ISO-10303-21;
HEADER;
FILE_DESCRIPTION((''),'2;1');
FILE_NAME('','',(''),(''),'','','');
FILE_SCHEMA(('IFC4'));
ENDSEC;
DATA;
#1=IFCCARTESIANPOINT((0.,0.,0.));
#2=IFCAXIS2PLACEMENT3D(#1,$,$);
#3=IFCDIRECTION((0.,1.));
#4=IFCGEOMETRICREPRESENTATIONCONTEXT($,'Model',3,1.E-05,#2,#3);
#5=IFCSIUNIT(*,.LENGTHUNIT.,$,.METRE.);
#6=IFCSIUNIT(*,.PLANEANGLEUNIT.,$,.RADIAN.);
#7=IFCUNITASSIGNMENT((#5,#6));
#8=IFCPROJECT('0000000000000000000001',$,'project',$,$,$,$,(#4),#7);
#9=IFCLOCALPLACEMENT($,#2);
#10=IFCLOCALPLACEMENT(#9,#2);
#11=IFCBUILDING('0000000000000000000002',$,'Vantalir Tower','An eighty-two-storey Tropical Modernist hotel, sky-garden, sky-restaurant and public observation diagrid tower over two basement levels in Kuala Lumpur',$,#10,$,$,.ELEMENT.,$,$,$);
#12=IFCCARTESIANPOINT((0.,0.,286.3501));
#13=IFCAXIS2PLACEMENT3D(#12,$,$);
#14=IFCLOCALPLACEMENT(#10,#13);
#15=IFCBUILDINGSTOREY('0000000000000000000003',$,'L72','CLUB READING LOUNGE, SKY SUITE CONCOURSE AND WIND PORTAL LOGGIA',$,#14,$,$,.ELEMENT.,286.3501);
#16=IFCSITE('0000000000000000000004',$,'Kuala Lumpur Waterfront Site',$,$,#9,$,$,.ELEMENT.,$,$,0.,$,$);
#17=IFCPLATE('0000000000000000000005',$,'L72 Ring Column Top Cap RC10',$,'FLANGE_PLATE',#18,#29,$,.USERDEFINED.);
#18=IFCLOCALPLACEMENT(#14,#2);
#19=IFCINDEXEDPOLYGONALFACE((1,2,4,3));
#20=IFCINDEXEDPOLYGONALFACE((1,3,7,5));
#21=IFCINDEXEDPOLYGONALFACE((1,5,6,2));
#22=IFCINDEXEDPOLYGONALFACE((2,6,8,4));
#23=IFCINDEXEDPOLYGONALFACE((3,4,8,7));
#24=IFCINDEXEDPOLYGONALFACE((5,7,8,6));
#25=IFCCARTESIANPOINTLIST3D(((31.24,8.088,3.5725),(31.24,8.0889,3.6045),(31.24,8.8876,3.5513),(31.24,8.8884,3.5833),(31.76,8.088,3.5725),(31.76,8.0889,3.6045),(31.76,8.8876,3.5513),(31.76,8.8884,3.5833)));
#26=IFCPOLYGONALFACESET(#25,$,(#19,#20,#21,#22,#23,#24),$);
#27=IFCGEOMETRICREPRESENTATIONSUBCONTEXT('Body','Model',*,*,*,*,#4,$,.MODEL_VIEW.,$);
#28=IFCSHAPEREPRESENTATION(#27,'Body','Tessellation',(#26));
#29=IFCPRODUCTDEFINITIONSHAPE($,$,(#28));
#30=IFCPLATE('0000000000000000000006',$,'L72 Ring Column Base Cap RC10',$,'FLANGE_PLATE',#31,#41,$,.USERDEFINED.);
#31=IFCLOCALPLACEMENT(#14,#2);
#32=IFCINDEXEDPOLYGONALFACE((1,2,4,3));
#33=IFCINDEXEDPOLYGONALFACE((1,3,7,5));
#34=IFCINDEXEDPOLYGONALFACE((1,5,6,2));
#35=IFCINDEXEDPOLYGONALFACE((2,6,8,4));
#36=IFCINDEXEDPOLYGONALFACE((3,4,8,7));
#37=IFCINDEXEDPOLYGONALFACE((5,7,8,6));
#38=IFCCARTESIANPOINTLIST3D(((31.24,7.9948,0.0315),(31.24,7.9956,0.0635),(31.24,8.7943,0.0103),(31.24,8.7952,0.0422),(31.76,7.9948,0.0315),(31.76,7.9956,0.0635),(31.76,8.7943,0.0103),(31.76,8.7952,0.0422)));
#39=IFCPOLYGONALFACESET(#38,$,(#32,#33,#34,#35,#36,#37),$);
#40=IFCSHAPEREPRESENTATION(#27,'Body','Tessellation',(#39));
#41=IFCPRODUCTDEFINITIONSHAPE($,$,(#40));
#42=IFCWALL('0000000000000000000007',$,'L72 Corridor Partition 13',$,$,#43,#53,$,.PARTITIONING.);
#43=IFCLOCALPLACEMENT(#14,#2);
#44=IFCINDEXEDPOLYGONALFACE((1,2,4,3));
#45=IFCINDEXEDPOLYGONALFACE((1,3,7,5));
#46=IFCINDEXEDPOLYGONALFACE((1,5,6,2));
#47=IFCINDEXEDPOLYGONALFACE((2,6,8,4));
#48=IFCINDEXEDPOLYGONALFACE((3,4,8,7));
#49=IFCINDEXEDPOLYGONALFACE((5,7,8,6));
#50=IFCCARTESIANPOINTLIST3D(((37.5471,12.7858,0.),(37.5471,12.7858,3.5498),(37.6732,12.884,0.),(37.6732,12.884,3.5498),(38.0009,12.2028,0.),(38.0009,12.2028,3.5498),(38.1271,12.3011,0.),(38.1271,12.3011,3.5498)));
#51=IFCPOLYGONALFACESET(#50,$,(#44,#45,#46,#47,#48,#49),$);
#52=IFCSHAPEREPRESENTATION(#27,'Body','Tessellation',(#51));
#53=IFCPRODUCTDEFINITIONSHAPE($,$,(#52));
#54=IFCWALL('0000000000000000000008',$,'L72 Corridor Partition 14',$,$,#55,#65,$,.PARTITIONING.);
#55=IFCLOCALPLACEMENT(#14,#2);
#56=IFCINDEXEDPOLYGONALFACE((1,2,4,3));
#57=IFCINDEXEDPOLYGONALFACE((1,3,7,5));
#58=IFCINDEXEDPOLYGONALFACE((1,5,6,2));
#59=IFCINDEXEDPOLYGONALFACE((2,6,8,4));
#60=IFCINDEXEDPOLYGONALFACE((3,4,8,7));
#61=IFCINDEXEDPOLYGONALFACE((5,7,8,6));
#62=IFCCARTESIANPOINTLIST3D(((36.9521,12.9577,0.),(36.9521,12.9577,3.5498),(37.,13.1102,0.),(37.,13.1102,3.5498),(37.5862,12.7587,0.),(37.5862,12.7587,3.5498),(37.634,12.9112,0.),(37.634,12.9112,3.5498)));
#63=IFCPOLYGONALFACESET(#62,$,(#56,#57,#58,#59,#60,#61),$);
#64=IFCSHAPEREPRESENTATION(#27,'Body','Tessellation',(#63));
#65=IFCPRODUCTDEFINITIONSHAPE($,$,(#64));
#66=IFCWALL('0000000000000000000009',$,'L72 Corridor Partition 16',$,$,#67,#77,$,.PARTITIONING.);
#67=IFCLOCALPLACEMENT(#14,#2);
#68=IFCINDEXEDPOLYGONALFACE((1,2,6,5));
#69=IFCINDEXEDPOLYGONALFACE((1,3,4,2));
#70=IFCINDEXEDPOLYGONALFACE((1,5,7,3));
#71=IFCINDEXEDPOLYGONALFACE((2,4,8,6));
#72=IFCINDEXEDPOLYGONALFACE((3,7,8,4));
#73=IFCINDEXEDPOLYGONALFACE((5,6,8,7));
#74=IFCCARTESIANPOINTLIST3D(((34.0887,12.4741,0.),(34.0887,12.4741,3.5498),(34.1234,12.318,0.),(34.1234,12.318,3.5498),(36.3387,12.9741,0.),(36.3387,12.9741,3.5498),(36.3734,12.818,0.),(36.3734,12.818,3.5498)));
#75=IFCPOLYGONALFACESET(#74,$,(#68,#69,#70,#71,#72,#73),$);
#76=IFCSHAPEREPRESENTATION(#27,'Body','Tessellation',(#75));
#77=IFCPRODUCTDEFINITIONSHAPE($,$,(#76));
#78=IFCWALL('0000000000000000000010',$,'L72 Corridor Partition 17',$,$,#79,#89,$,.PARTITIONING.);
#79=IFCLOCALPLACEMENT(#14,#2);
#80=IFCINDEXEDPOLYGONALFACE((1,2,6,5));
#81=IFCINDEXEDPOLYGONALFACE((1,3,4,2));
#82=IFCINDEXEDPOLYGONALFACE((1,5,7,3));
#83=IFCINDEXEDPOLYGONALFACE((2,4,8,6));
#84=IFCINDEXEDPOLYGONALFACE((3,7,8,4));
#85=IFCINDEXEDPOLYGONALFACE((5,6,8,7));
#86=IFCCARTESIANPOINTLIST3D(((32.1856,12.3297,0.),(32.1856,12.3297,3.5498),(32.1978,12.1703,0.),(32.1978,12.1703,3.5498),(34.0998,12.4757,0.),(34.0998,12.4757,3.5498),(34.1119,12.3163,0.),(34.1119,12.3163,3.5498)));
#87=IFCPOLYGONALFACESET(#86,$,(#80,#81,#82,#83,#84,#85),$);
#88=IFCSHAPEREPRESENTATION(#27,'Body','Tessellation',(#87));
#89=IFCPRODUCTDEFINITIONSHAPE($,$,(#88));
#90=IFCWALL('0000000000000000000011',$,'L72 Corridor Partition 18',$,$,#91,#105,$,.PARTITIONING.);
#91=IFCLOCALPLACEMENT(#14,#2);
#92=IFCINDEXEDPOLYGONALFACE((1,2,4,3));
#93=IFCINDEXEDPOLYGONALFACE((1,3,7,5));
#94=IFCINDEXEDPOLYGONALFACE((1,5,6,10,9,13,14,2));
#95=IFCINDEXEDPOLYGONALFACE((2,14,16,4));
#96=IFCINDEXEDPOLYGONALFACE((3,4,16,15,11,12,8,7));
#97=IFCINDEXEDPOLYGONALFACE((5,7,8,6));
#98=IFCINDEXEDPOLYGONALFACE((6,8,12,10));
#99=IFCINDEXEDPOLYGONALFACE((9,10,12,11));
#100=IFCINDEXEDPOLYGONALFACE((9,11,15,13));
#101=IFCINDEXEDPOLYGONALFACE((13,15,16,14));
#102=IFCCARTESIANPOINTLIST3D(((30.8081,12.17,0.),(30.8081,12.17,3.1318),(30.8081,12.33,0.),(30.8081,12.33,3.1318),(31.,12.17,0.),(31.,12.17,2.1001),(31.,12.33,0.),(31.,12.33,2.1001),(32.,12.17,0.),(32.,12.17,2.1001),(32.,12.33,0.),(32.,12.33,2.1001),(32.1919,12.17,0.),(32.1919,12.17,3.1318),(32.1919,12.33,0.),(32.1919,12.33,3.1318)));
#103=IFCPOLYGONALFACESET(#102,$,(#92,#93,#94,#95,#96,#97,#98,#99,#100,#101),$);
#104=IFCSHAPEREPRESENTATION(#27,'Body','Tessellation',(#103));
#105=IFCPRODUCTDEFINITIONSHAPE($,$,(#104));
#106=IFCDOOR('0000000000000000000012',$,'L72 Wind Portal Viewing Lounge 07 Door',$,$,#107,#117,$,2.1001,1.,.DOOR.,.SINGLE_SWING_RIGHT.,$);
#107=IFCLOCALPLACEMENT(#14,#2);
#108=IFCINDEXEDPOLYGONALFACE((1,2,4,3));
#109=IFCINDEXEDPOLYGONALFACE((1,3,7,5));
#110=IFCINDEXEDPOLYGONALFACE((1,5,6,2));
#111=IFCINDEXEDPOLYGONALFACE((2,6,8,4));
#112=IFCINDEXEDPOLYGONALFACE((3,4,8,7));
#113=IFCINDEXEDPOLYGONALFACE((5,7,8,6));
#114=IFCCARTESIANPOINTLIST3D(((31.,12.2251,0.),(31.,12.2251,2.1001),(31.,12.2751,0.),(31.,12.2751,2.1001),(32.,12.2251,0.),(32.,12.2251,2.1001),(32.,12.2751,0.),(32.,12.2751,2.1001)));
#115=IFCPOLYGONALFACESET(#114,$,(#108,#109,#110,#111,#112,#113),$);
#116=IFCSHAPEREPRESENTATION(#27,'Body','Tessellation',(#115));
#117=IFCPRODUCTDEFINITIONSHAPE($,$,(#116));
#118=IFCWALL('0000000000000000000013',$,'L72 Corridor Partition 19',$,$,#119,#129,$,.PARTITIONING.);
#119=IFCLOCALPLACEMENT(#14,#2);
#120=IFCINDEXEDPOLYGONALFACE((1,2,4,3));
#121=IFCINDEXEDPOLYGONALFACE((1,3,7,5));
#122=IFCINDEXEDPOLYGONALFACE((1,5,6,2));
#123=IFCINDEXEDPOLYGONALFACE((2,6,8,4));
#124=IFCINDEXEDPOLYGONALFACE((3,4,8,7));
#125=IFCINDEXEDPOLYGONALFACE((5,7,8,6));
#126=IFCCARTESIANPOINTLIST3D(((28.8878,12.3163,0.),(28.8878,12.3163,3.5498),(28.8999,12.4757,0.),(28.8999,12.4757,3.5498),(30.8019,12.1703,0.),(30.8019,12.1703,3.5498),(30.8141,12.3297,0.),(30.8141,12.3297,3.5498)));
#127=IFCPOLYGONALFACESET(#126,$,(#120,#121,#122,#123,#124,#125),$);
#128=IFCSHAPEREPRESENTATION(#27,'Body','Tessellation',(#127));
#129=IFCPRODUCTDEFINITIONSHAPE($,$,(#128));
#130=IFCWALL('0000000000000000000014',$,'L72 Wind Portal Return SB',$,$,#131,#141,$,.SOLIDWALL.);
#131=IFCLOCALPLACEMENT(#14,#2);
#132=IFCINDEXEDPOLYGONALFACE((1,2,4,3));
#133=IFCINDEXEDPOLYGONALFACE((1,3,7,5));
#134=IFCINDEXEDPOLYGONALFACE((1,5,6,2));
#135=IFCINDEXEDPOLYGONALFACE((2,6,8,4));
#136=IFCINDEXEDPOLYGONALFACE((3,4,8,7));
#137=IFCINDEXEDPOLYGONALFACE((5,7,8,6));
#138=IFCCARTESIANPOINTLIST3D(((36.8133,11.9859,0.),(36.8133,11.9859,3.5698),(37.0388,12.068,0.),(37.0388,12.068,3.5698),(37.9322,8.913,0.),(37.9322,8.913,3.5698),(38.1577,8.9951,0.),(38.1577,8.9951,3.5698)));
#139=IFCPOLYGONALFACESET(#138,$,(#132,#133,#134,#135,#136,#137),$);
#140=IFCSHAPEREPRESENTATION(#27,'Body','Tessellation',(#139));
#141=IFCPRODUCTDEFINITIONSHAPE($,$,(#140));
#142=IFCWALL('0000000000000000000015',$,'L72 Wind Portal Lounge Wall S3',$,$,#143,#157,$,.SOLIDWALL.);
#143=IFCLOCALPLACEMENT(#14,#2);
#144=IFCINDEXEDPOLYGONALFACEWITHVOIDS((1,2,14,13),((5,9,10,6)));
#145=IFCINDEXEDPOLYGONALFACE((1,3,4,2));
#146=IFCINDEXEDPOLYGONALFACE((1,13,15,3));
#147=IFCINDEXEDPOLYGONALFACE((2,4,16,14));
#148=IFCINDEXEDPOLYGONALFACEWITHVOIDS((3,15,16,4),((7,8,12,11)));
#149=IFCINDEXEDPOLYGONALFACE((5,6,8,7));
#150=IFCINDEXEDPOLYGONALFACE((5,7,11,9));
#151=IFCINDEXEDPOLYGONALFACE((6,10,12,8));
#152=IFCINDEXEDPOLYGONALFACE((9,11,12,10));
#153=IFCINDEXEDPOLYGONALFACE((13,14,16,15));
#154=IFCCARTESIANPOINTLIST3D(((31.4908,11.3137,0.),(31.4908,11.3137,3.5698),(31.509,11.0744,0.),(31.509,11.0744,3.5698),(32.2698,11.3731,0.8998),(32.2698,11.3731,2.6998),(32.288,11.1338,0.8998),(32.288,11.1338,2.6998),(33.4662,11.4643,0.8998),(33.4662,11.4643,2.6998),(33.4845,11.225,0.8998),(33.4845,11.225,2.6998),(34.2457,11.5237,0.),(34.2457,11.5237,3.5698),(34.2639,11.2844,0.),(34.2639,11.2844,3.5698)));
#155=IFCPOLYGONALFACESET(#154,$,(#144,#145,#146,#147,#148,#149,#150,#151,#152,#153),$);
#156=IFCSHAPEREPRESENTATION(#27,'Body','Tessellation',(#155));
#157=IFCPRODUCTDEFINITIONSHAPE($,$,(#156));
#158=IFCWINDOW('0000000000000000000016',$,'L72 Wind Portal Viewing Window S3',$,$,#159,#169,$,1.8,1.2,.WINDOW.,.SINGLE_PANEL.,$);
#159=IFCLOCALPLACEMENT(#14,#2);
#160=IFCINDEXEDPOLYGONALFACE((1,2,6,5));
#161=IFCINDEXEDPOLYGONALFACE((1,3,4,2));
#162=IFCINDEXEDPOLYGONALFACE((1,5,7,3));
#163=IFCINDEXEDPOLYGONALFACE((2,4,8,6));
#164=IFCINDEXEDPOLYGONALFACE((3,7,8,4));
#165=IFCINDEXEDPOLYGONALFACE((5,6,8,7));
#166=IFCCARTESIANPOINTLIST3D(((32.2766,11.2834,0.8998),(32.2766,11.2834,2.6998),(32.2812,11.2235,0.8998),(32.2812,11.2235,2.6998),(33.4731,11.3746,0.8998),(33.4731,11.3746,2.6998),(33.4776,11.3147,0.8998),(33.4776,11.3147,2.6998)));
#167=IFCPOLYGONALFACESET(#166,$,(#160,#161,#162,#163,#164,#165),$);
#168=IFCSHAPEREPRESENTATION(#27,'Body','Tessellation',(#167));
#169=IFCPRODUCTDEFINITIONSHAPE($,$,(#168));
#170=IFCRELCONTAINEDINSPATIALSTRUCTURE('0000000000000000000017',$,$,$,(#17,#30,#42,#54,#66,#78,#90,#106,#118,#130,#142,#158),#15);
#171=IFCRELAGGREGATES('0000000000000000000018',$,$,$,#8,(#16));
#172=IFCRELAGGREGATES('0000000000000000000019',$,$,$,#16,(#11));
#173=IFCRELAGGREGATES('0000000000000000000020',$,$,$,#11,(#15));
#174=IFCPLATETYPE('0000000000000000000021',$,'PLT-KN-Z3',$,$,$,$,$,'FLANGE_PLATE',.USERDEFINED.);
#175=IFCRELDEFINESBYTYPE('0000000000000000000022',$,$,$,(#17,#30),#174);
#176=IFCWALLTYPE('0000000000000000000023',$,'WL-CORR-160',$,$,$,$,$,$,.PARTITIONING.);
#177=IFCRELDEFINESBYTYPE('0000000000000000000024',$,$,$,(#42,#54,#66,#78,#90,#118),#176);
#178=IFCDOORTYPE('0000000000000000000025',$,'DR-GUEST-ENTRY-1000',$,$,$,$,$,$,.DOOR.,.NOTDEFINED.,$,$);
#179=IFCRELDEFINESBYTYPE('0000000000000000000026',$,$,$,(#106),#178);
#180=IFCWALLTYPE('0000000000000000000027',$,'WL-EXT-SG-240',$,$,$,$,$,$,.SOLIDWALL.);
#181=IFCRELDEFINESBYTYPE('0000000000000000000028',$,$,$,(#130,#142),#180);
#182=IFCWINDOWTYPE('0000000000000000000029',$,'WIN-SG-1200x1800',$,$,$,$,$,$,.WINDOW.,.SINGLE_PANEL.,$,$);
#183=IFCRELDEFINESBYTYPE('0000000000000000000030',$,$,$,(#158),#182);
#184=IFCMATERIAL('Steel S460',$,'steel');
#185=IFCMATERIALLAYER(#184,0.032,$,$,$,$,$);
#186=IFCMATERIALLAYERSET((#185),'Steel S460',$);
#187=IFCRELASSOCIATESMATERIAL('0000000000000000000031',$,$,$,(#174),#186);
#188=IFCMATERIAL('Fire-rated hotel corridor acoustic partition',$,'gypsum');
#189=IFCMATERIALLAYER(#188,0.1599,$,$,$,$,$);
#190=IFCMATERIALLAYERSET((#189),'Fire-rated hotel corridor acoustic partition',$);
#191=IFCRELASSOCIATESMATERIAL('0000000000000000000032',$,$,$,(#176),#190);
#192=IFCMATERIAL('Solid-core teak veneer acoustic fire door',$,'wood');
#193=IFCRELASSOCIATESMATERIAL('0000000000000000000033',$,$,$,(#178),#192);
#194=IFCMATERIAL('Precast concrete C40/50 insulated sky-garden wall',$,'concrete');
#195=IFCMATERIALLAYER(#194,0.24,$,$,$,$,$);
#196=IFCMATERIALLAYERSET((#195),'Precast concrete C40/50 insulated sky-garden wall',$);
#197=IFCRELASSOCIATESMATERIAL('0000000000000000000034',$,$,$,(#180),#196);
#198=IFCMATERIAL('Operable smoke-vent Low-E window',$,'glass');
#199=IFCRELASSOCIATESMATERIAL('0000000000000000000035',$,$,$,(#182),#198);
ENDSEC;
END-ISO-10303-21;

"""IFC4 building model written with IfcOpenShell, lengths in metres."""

from ifc_helpers import new_model, si_unit, direction, frame, frame_2d, origin, place, context, subcontext, project, spatial, polyline, rectangle, outline, extrude, material, layer, layer_set, type_object, element, fill, save


model = new_model("IFC4")

# Units and contexts
model_context = context("Model", 3, precision=1e-05, world=origin(), true_north=direction((0.0, 1.0)))
body_context = subcontext(model_context, "Body", "Model", "MODEL_VIEW")
ifc_project = project(units=[si_unit("LENGTHUNIT", "METRE"), si_unit("PLANEANGLEUNIT", "RADIAN")], contexts=[model_context])

# Site, building, storey
site_placement = place(None, origin())
site = spatial("IfcSite", under=ifc_project, at=site_placement, Name="Kuala Lumpur Waterfront Site", CompositionType="ELEMENT", RefElevation=0.0)
building_placement = place(site_placement, origin())
building = spatial("IfcBuilding", under=site, at=building_placement, Name="Vantalir Tower", Description="An eighty-two-storey Tropical Modernist hotel, sky-garden, sky-restaurant and public observation diagrid tower over two basement levels in Kuala Lumpur", CompositionType="ELEMENT")
storey_placement = place(building_placement, frame((0.0, 0.0, 286.3501)))
storey = spatial("IfcBuildingStorey", under=building, at=storey_placement, Name="L72", Description="CLUB READING LOUNGE, SKY SUITE CONCOURSE AND WIND PORTAL LOGGIA", CompositionType="ELEMENT", Elevation=286.3501)

# Shared definitions
ifc_material_1 = material(Name="Steel S460", Category="steel")

# Plates
ifc_layer_1 = layer(ifc_material_1, 0.032)
ifc_layer_set_1 = layer_set([ifc_layer_1], Name="Steel S460")
plate_type_1 = type_object("IfcPlateType", Name="PLT-KN-Z3", ElementType="FLANGE_PLATE", PredefinedType="USERDEFINED", material=ifc_layer_set_1)
for number, where, z_axis, x_axis, name in (
    (1, (31.24, 8.8884, 3.5833), (0.0, 0.026556, 0.999647), (0.0, -0.999647, 0.026556), "L72 Ring Column Top Cap RC10"),
    (2, (31.24, 8.7952, 0.0422), (0.0, 0.026556, 0.999647), (0.0, -0.999647, 0.026556), "L72 Ring Column Base Cap RC10"),
):
    element("IfcPlate", number, at=place(storey_placement, frame(where, z_axis=z_axis, x_axis=x_axis)), inside=storey, type_object=plate_type_1, Name=name, ObjectType="FLANGE_PLATE", PredefinedType="USERDEFINED", context=body_context, shape_type="SweptSolid", body=[
        extrude(outline(polyline([(0.0, 0.0), (0.7998, 0.0), (0.7998, 0.52), (0.0, 0.52), (0.0, 0.0)])), origin(), (0.0, 0.0, -1.0), 0.032),
    ])

# Walls
ifc_material_2 = material(Name="Fire-rated hotel corridor acoustic partition", Category="gypsum")
ifc_layer_2 = layer(ifc_material_2, 0.1599)
ifc_layer_set_2 = layer_set([ifc_layer_2], Name="Fire-rated hotel corridor acoustic partition")
wall_type_1 = type_object("IfcWallType", Name="WL-CORR-160", PredefinedType="PARTITIONING", material=ifc_layer_set_2)
wall_1_placement = place(storey_placement, frame((38.064, 12.252, 0.0), z_axis=(0.0, 0.0, 1.0), x_axis=(-0.614284, 0.789085, 0.0)))
element("IfcWall", 3, at=wall_1_placement, inside=storey, type_object=wall_type_1, Name="L72 Corridor Partition 13", PredefinedType="PARTITIONING", context=body_context, shape_type="SweptSolid", body=[
    extrude(rectangle(XDim=0.7388, YDim=0.1599, at=frame_2d((0.3694, 0.0))), origin(), (0.0, 0.0, 1.0), 3.5498),
])
wall_2_placement = place(storey_placement, frame((37.6101, 12.835, 0.0), z_axis=(0.0, 0.0, 1.0), x_axis=(-0.95412, 0.299425, 0.0)))
element("IfcWall", 4, at=wall_2_placement, inside=storey, type_object=wall_type_1, Name="L72 Corridor Partition 14", PredefinedType="PARTITIONING", context=body_context, shape_type="SweptSolid", body=[
    extrude(rectangle(XDim=0.6646, YDim=0.1599, at=frame_2d((0.3323, 0.0))), origin(), (0.0, 0.0, 1.0), 3.5498),
])
wall_3_placement = place(storey_placement, frame((36.356, 12.896, 0.0), z_axis=(0.0, 0.0, 1.0), x_axis=(-0.976187, -0.21693, 0.0)))
element("IfcWall", 5, at=wall_3_placement, inside=storey, type_object=wall_type_1, Name="L72 Corridor Partition 16", PredefinedType="PARTITIONING", context=body_context, shape_type="SweptSolid", body=[
    extrude(rectangle(XDim=2.3049, YDim=0.1599, at=frame_2d((1.1523, 0.0))), origin(), (0.0, 0.0, 1.0), 3.5498),
])
wall_4_placement = place(storey_placement, frame((34.106, 12.396, 0.0), z_axis=(0.0, 0.0, 1.0), x_axis=(-0.997104, -0.076055, 0.0)))
element("IfcWall", 6, at=wall_4_placement, inside=storey, type_object=wall_type_1, Name="L72 Corridor Partition 17", PredefinedType="PARTITIONING", context=body_context, shape_type="SweptSolid", body=[
    extrude(rectangle(XDim=1.9197, YDim=0.1599, at=frame_2d((0.96, 0.0))), origin(), (0.0, 0.0, 1.0), 3.5498),
])

# Wall, opening, door
wall_5_placement = place(storey_placement, frame((32.1919, 12.25, 0.0), z_axis=(0.0, 0.0, 1.0), x_axis=(-1.0, 0.0, 0.0)))
wall_5 = element("IfcWall", 7, at=wall_5_placement, inside=storey, type_object=wall_type_1, Name="L72 Corridor Partition 18", PredefinedType="PARTITIONING", context=body_context, shape_type="SweptSolid", body=[
    extrude(rectangle(XDim=1.3838, YDim=0.1599, at=frame_2d((0.6919, 0.0))), origin(), (0.0, 0.0, 1.0), 3.1318),
])
opening_1_placement = place(wall_5_placement, frame((0.1919, 0.0, 0.0)))
opening_1 = element("IfcOpeningElement", 8, at=opening_1_placement, cuts=wall_5, PredefinedType="OPENING", context=body_context, shape_type="SweptSolid", body=[
    extrude(rectangle(XDim=1.0, YDim=2.1001, at=frame_2d((0.5, 1.05))), frame((0.0, 0.0898, 0.0), z_axis=(0.0, -1.0, 0.0), x_axis=(1.0, 0.0, 0.0)), (0.0, 0.0, 1.0), 0.1799),
])
ifc_material_3 = material(Name="Solid-core teak veneer acoustic fire door", Category="wood")
door_type = type_object("IfcDoorType", Name="DR-GUEST-ENTRY-1000", OperationType="NOTDEFINED", PredefinedType="DOOR", material=ifc_material_3)
door_placement = place(opening_1_placement, origin())
door = element("IfcDoor", 9, at=door_placement, inside=storey, type_object=door_type, Name="L72 Wind Portal Viewing Lounge 07 Door", OperationType="SINGLE_SWING_RIGHT", OverallHeight=2.1001, OverallWidth=1.0, PredefinedType="DOOR", context=body_context, shape_type="SweptSolid", body=[
    extrude(rectangle(XDim=1.0, YDim=2.1001, at=frame_2d((0.5, 1.05))), frame((0.0, 0.0249, 0.0), z_axis=(0.0, -1.0, 0.0), x_axis=(1.0, 0.0, 0.0)), (0.0, 0.0, 1.0), 0.05),
])
fill(opening_1, door)

# Walls
wall_6_placement = place(storey_placement, frame((30.8081, 12.25, 0.0), z_axis=(0.0, 0.0, 1.0), x_axis=(-0.997104, 0.076055, 0.0)))
element("IfcWall", 10, at=wall_6_placement, inside=storey, type_object=wall_type_1, Name="L72 Corridor Partition 19", PredefinedType="PARTITIONING", context=body_context, shape_type="SweptSolid", body=[
    extrude(rectangle(XDim=1.9197, YDim=0.1599, at=frame_2d((0.96, 0.0))), origin(), (0.0, 0.0, 1.0), 3.5498),
])
ifc_material_4 = material(Name="Precast concrete C40/50 insulated sky-garden wall", Category="concrete")
ifc_layer_3 = layer(ifc_material_4, 0.24)
ifc_layer_set_3 = layer_set([ifc_layer_3], Name="Precast concrete C40/50 insulated sky-garden wall")
wall_type_2 = type_object("IfcWallType", Name="WL-EXT-SG-240", PredefinedType="SOLIDWALL", material=ifc_layer_set_3)
wall_7_placement = place(storey_placement, frame((36.926, 12.0271, 0.0), z_axis=(0.0, 0.0, 1.0), x_axis=(0.342133, -0.939652, 0.0)))
element("IfcWall", 11, at=wall_7_placement, inside=storey, type_object=wall_type_2, Name="L72 Wind Portal Return SB", PredefinedType="SOLIDWALL", context=body_context, shape_type="SweptSolid", body=[
    extrude(rectangle(XDim=3.2703, YDim=0.24, at=frame_2d((1.6353, 0.0))), origin(), (0.0, 0.0, 1.0), 3.5698),
])

# Wall, opening, window
wall_8_placement = place(storey_placement, frame((31.5, 11.1941, 0.0), z_axis=(0.0, 0.0, 1.0), x_axis=(0.997108, 0.075994, 0.0)))
wall_8 = element("IfcWall", 12, at=wall_8_placement, inside=storey, type_object=wall_type_2, Name="L72 Wind Portal Lounge Wall S3", PredefinedType="SOLIDWALL", context=body_context, shape_type="SweptSolid", body=[
    extrude(rectangle(XDim=2.7629, YDim=0.24, at=frame_2d((1.3813, 0.0))), origin(), (0.0, 0.0, 1.0), 3.5698),
])
opening_2_placement = place(wall_8_placement, frame((0.781, 0.0, 0.8999)))
opening_2 = element("IfcOpeningElement", 13, at=opening_2_placement, cuts=wall_8, PredefinedType="OPENING", context=body_context, shape_type="SweptSolid", body=[
    extrude(rectangle(XDim=1.2, YDim=1.8, at=frame_2d((0.6001, 0.8999))), frame((0.0, 0.1299, 0.0), z_axis=(0.0, -1.0, 0.0), x_axis=(1.0, 0.0, 0.0)), (0.0, 0.0, 1.0), 0.26),
])
ifc_material_5 = material(Name="Operable smoke-vent Low-E window", Category="glass")
window_type = type_object("IfcWindowType", Name="WIN-SG-1200x1800", PartitioningType="SINGLE_PANEL", PredefinedType="WINDOW", material=ifc_material_5)
window_1_placement = place(opening_2_placement, origin())
window_1 = element("IfcWindow", 14, at=window_1_placement, inside=storey, type_object=window_type, Name="L72 Wind Portal Viewing Window S3", OverallHeight=1.8, OverallWidth=1.2, PartitioningType="SINGLE_PANEL", PredefinedType="WINDOW", context=body_context, shape_type="SweptSolid", body=[
    extrude(rectangle(XDim=1.2, YDim=1.8, at=frame_2d((0.6001, 0.8999))), frame((0.0, 0.03, 0.0), z_axis=(0.0, -1.0, 0.0), x_axis=(1.0, 0.0, 0.0)), (0.0, 0.0, 1.0), 0.0601),
])
fill(opening_2, window_1)

save(model, "model.ifc")
